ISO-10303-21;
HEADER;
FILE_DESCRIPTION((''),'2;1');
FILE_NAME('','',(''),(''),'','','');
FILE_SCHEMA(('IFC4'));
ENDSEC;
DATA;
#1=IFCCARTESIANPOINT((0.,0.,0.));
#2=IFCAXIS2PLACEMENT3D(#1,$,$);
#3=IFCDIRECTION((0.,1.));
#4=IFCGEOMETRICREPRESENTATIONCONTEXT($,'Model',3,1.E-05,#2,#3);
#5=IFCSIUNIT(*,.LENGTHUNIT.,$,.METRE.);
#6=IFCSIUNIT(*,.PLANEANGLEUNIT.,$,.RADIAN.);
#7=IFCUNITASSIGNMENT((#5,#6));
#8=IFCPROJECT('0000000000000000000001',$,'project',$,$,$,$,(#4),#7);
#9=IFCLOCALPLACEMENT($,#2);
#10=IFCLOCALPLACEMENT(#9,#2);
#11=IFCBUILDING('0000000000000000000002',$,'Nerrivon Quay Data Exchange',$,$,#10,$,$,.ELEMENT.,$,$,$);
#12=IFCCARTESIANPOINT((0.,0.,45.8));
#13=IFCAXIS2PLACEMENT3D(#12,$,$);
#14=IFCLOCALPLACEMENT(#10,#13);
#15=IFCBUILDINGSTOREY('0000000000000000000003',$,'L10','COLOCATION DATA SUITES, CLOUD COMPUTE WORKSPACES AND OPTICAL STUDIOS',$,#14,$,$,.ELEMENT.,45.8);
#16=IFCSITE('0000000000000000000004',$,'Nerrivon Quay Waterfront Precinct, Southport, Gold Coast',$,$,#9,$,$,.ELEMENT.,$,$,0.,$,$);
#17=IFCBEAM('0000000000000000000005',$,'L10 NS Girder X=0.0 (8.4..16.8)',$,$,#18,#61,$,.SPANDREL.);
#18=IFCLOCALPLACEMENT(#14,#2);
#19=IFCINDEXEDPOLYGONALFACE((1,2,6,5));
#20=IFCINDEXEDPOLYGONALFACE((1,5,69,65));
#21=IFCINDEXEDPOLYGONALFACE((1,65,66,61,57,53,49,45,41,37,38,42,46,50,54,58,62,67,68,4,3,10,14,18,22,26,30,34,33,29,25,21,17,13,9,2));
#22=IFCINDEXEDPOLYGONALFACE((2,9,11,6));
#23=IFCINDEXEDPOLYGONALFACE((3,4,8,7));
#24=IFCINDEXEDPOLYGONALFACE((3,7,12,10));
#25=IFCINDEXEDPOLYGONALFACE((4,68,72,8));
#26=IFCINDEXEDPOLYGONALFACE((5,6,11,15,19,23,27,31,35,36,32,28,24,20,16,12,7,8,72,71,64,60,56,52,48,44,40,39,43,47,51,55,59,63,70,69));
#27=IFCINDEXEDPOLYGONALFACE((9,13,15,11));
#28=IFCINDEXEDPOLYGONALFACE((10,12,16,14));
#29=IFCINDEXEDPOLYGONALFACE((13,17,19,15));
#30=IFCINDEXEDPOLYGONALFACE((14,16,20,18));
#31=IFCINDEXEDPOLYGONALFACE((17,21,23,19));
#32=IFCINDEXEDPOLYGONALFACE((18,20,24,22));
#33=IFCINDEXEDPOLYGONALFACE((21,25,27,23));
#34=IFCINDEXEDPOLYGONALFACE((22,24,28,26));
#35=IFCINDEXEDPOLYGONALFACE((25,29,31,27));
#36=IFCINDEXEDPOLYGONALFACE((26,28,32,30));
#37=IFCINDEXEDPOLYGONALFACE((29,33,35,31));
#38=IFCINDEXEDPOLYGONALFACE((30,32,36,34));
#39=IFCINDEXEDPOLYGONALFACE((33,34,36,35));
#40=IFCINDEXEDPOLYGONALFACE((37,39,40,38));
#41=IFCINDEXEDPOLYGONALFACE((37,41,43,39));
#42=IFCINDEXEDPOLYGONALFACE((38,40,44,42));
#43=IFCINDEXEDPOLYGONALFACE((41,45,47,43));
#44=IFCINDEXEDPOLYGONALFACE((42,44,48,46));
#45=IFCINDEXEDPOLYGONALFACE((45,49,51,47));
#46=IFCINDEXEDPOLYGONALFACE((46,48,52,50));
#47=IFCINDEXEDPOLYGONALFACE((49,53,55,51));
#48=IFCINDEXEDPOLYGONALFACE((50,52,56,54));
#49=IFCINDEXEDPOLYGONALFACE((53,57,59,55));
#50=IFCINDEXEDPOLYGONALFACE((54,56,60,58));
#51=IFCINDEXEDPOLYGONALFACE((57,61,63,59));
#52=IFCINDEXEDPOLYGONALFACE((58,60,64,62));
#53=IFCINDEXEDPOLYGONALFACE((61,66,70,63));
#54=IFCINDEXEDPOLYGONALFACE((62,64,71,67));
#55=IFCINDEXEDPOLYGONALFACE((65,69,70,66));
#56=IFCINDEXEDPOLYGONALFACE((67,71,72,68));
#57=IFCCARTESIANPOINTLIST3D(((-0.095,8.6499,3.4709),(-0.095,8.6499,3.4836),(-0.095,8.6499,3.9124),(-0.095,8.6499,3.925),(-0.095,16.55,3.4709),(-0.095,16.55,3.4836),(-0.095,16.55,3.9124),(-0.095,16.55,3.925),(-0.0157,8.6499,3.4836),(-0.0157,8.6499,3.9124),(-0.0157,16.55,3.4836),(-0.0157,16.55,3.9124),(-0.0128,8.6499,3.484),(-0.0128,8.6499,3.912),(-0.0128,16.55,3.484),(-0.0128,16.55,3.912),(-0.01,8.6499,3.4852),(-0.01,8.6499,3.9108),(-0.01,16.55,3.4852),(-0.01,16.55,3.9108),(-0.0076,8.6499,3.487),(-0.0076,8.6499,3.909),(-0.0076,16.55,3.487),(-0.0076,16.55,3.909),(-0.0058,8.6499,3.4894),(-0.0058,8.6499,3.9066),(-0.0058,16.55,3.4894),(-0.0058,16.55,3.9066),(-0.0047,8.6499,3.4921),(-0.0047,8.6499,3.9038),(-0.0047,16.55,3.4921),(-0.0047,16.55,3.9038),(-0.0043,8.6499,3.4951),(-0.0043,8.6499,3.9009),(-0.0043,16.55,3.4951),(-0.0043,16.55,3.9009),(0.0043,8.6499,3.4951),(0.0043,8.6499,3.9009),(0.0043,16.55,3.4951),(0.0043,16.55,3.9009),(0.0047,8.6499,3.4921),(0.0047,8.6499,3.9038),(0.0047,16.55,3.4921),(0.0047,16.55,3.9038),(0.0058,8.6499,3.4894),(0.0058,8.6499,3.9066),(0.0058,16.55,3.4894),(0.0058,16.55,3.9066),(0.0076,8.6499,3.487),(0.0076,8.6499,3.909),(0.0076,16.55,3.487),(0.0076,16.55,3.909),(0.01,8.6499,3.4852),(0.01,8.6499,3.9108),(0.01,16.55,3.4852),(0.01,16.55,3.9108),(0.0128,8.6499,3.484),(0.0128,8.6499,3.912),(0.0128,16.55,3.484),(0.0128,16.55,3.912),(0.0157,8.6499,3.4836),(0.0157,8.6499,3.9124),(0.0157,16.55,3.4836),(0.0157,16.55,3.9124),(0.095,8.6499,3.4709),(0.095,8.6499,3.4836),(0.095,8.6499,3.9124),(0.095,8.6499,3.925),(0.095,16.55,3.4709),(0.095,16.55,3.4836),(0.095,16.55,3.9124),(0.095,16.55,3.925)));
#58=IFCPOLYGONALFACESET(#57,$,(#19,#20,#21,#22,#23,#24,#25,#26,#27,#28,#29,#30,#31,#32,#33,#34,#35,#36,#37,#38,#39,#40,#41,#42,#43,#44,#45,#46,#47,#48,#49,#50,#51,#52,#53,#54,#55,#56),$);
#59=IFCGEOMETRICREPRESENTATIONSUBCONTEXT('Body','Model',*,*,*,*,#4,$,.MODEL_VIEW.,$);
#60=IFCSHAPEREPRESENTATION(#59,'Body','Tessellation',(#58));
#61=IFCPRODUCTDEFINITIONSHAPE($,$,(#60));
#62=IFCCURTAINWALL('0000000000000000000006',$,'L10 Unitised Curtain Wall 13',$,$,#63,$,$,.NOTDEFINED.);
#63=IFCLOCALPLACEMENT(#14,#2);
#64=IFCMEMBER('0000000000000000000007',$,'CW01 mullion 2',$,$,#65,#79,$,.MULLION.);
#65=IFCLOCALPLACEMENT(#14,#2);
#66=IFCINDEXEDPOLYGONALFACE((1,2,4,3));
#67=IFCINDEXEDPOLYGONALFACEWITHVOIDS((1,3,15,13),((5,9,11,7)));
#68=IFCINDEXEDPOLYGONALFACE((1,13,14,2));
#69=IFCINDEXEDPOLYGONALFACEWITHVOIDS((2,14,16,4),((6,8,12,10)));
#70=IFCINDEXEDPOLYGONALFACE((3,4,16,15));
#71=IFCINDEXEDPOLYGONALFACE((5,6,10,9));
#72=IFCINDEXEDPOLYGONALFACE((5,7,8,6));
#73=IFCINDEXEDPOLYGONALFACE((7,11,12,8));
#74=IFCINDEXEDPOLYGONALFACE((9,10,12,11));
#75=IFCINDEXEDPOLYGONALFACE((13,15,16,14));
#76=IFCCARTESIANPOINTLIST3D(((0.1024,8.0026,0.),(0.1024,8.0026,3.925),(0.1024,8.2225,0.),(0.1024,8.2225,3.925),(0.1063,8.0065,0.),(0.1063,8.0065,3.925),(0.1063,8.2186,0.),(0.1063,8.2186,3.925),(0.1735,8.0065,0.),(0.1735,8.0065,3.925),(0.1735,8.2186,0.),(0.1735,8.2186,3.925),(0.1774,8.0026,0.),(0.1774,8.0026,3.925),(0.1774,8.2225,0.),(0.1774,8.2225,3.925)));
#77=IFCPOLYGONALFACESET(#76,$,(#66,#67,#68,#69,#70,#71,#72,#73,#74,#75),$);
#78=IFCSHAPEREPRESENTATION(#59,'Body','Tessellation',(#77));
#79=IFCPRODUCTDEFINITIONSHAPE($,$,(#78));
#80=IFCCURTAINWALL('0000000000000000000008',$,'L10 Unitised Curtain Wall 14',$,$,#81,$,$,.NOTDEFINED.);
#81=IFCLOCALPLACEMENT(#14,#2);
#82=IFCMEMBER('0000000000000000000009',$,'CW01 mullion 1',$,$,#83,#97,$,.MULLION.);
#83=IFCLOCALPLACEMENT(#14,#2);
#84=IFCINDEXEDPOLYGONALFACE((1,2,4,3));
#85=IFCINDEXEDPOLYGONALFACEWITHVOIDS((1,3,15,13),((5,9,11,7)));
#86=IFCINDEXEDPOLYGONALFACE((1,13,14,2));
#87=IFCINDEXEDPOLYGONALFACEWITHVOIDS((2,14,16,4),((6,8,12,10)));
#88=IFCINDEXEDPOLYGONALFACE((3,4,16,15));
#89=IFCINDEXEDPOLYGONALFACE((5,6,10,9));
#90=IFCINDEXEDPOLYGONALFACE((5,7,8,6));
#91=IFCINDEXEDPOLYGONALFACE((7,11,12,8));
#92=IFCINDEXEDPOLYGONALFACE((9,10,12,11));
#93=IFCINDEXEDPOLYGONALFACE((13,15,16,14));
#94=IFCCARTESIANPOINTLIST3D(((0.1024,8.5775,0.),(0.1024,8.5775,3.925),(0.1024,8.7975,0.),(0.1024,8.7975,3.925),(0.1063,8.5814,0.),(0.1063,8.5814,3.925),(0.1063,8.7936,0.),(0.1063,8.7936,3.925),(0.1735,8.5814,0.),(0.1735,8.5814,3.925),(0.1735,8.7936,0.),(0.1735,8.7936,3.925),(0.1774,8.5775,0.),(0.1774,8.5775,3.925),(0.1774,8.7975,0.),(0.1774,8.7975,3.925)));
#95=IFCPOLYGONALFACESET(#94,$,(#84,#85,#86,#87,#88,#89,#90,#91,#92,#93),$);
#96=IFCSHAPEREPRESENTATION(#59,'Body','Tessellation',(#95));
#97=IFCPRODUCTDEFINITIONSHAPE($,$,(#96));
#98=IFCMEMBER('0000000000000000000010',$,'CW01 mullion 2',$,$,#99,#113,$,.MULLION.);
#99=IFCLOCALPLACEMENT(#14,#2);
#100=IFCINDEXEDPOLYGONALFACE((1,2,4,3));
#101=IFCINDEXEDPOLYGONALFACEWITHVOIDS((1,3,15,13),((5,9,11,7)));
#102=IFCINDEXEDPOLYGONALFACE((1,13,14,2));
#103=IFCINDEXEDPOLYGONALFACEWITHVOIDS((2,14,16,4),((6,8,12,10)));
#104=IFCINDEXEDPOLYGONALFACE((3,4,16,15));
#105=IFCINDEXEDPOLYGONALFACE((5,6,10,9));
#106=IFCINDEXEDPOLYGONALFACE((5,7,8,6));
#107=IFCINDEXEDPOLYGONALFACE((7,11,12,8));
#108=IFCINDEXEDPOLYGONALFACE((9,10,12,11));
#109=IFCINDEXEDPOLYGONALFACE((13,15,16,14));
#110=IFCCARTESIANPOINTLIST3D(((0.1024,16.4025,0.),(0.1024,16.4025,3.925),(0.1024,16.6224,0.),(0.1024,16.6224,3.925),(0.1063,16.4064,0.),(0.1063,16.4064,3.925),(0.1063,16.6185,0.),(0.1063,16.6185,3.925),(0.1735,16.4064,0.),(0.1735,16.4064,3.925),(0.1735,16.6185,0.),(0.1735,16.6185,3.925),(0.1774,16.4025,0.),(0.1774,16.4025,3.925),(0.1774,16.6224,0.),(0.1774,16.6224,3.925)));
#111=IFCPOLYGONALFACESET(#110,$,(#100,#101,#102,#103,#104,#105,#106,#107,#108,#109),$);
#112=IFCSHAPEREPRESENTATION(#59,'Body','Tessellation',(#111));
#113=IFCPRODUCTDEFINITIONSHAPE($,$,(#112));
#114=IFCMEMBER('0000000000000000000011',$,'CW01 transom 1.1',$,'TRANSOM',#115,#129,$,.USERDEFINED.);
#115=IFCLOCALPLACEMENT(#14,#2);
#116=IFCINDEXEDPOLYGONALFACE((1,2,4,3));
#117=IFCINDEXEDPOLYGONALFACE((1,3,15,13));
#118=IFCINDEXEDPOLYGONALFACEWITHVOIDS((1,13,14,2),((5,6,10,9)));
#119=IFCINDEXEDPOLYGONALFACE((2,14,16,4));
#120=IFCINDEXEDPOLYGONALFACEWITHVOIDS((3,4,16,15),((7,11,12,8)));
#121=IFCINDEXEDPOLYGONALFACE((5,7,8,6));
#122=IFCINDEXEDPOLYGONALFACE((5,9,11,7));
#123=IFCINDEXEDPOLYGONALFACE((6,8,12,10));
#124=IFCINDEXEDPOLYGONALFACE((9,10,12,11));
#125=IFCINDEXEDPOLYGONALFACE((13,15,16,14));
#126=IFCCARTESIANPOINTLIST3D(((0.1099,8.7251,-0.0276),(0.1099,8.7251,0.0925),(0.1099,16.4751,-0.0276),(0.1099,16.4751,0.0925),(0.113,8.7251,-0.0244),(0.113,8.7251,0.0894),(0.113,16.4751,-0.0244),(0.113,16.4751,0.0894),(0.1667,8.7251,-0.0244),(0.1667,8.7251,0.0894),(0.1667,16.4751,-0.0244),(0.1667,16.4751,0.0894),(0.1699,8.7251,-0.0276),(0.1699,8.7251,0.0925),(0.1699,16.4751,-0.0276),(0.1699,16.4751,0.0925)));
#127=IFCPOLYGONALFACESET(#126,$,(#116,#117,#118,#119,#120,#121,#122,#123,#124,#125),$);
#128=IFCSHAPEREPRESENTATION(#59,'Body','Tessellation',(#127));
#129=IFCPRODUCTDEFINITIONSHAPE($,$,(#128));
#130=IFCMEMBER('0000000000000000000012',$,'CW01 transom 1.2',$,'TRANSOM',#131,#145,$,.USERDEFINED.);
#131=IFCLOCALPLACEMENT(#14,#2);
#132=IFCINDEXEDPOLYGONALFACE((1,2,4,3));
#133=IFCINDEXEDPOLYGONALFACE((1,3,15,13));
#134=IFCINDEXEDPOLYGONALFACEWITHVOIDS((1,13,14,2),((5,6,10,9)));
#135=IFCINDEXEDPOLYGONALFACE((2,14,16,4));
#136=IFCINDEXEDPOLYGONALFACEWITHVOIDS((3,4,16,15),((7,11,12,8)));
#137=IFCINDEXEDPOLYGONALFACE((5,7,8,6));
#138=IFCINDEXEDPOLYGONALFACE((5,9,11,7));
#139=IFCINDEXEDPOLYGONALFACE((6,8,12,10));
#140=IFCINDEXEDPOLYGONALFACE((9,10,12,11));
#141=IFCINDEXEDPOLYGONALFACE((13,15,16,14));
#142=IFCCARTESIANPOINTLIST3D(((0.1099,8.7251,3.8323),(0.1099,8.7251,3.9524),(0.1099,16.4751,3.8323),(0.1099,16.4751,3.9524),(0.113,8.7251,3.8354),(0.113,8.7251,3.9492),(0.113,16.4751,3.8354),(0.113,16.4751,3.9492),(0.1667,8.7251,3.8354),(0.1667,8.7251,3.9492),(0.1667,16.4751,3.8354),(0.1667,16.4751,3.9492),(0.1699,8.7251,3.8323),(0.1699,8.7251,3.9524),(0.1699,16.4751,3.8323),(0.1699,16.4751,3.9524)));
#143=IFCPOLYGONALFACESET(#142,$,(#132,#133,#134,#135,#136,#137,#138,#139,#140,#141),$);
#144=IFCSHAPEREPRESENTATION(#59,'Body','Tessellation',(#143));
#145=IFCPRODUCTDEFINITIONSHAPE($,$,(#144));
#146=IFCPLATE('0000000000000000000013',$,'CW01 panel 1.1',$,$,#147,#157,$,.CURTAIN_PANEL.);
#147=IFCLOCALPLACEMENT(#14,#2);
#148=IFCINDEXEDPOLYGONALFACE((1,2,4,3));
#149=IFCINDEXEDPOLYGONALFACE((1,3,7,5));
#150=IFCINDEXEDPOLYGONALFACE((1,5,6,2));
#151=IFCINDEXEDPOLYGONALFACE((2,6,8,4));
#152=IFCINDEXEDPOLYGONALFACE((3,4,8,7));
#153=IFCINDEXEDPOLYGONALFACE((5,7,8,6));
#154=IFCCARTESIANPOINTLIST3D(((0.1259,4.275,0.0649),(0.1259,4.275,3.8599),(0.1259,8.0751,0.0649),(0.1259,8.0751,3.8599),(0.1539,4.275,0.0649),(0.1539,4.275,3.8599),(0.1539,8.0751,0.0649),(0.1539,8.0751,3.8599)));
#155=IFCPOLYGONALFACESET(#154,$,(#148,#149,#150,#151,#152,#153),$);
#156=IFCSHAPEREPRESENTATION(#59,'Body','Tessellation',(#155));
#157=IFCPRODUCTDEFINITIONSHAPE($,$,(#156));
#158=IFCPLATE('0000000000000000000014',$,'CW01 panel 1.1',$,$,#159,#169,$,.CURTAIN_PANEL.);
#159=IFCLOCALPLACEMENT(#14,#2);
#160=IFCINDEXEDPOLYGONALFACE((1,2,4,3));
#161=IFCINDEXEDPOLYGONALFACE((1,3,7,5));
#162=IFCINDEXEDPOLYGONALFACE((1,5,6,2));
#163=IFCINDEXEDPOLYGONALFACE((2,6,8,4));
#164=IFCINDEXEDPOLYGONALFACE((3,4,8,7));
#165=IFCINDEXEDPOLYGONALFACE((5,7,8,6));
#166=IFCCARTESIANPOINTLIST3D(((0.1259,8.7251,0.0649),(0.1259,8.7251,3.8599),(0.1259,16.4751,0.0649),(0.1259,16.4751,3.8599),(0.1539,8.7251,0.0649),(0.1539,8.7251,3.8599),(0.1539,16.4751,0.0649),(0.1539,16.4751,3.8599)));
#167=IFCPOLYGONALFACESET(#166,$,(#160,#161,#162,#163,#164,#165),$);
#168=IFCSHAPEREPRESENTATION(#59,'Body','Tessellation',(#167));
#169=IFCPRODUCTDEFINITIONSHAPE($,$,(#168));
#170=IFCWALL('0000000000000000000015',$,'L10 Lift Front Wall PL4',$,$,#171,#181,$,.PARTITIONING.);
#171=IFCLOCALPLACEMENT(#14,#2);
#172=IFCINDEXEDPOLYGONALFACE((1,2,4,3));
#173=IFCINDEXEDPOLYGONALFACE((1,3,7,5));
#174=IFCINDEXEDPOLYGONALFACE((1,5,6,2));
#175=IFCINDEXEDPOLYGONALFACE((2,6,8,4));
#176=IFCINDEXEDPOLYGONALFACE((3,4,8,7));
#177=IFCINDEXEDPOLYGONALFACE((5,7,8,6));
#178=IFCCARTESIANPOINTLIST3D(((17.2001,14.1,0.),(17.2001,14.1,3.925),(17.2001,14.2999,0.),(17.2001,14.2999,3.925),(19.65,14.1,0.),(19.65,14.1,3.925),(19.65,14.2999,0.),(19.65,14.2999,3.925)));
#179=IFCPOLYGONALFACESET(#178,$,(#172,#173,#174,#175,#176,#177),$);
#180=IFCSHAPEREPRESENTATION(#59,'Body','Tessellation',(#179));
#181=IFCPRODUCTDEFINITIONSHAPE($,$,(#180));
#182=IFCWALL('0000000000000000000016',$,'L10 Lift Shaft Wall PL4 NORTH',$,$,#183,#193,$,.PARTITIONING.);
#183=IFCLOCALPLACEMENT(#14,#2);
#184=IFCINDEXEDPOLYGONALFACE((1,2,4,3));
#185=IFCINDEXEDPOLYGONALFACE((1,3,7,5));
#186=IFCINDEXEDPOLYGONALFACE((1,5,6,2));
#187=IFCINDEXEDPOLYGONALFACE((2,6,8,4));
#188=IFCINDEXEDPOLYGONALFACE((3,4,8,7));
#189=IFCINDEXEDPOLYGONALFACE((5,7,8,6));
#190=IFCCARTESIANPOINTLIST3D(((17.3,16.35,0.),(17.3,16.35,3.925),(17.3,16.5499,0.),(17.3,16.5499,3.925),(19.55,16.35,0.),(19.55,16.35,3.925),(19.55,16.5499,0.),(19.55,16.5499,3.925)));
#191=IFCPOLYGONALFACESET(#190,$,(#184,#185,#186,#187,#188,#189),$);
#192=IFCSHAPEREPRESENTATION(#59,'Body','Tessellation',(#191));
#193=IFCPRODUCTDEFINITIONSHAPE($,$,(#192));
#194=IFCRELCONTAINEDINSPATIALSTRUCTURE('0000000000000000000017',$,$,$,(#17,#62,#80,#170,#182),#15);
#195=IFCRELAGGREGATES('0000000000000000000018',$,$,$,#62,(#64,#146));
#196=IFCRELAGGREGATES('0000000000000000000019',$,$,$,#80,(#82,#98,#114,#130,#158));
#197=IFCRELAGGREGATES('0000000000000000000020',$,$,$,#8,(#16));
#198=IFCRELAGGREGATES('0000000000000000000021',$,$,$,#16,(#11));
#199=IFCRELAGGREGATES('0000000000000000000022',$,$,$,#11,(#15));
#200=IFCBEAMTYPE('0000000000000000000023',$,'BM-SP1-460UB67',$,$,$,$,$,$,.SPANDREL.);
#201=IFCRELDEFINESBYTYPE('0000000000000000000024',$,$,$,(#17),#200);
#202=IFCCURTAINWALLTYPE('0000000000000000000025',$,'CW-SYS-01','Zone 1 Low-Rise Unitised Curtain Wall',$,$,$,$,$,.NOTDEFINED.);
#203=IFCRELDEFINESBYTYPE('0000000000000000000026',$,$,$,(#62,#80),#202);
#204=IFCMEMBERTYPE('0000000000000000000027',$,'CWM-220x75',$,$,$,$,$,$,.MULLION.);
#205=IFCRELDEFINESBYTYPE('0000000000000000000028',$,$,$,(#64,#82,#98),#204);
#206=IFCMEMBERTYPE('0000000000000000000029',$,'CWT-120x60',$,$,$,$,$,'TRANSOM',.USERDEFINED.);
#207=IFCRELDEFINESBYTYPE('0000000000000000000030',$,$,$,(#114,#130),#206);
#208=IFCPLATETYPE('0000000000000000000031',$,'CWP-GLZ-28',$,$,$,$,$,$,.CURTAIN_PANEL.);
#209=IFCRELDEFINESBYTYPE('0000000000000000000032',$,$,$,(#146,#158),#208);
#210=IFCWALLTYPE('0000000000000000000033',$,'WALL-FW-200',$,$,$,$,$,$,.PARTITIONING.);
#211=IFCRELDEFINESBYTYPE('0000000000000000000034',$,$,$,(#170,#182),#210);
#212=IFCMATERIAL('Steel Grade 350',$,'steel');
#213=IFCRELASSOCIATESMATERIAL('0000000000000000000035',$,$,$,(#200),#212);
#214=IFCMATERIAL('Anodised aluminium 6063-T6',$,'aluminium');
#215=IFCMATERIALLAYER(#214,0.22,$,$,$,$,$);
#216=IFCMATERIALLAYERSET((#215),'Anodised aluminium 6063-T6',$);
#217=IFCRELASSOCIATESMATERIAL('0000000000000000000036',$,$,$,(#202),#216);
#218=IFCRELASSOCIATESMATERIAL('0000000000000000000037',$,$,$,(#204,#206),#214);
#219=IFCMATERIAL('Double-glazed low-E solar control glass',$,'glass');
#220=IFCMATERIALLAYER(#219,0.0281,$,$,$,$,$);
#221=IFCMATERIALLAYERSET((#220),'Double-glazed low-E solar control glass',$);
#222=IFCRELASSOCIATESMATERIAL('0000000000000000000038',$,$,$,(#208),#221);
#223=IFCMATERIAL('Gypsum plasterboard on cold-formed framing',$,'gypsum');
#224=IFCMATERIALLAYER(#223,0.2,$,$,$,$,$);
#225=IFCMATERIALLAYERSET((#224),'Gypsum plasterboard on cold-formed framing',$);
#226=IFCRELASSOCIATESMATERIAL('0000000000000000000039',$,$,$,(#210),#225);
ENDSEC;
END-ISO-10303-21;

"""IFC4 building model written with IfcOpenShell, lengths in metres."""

from ifc_helpers import new_model, si_unit, direction, frame, frame_2d, origin, origin_2d, place, context, subcontext, project, spatial, rectangle, hollow_rectangle, i_section, extrude, material, layer, layer_set, material_profile, profile_set, type_object, element, aggregate, save


model = new_model("IFC4")

# Units and contexts
model_context = context("Model", 3, precision=1e-05, world=origin(), true_north=direction((0.0, 1.0)))
body_context = subcontext(model_context, "Body", "Model", "MODEL_VIEW")
ifc_project = project(units=[si_unit("LENGTHUNIT", "METRE"), si_unit("PLANEANGLEUNIT", "RADIAN")], contexts=[model_context])

# Site, building, storey
site_placement = place(None, origin())
site = spatial("IfcSite", under=ifc_project, at=site_placement, Name="Nerrivon Quay Waterfront Precinct, Southport, Gold Coast", CompositionType="ELEMENT", RefElevation=0.0)
building_placement = place(site_placement, origin())
building = spatial("IfcBuilding", under=site, at=building_placement, Name="Nerrivon Quay Data Exchange", CompositionType="ELEMENT")
storey_placement = place(building_placement, frame((0.0, 0.0, 45.8)))
storey = spatial("IfcBuildingStorey", under=building, at=storey_placement, Name="L10", Description="COLOCATION DATA SUITES, CLOUD COMPUTE WORKSPACES AND OPTICAL STUDIOS", CompositionType="ELEMENT", Elevation=45.8)

# Shared definitions
ifc_material_1 = material(Name="Steel Grade 350", Category="steel")

# Beam
ifc_material_profile_1 = material_profile(ifc_material_1, i_section(OverallWidth=0.1899, OverallDepth=0.4541, WebThickness=0.0085, FlangeThickness=0.0127, FilletRadius=0.0115, at=origin_2d()), Name="460UB67.1")
ifc_profile_set_1 = profile_set([ifc_material_profile_1], Name="Steel Grade 350")
beam_type_1 = type_object("IfcBeamType", Name="BM-SP1-460UB67", PredefinedType="SPANDREL", material=ifc_profile_set_1)
beam_1_placement = place(storey_placement, frame((0.0, 8.6499, 3.698), z_axis=(0.0, 1.0, 0.0), x_axis=(-1.0, 0.0, 0.0)))
element("IfcBeam", 1, at=beam_1_placement, inside=storey, type_object=beam_type_1, Name="L10 NS Girder X=0.0 (8.4..16.8)", PredefinedType="SPANDREL", context=body_context, shape_type="SweptSolid", body=[
    extrude(i_section(OverallWidth=0.1899, OverallDepth=0.4541, WebThickness=0.0085, FlangeThickness=0.0127, FilletRadius=0.0115, at=origin_2d()), origin(), (0.0, 0.0, 1.0), 7.9001),
])

# Curtain wall, member
ifc_material_2 = material(Name="Anodised aluminium 6063-T6", Category="aluminium")
ifc_layer_1 = layer(ifc_material_2, 0.22)
ifc_layer_set_1 = layer_set([ifc_layer_1], Name="Anodised aluminium 6063-T6")
curtain_wall_type = type_object("IfcCurtainWallType", Name="CW-SYS-01", Description="Zone 1 Low-Rise Unitised Curtain Wall", PredefinedType="NOTDEFINED", material=ifc_layer_set_1)
curtain_wall_1_placement = place(storey_placement, origin())
curtain_wall_1 = element("IfcCurtainWall", 2, at=curtain_wall_1_placement, inside=storey, type_object=curtain_wall_type, Name="L10 Unitised Curtain Wall 13", PredefinedType="NOTDEFINED")
ifc_material_profile_2 = material_profile(ifc_material_2, hollow_rectangle(XDim=0.075, YDim=0.22, WallThickness=0.0039, at=origin_2d()), Name="ALU-MULL-220x75")
ifc_profile_set_2 = profile_set([ifc_material_profile_2], Name="Anodised aluminium 6063-T6")
member_type_1 = type_object("IfcMemberType", Name="CWM-220x75", PredefinedType="MULLION", material=ifc_profile_set_2)
member_1_placement = place(storey_placement, frame((0.1399, 8.1125, 0.0), z_axis=(0.0, 0.0, 1.0), x_axis=(-1.0, 0.0, 0.0)))
member_1 = element("IfcMember", 3, at=member_1_placement, type_object=member_type_1, Name="CW01 mullion 2", PredefinedType="MULLION", context=body_context, shape_type="SweptSolid", body=[
    extrude(hollow_rectangle(XDim=0.075, YDim=0.22, WallThickness=0.0039, at=origin_2d()), origin(), (0.0, 0.0, 1.0), 3.925),
])

# Curtain wall, members
curtain_wall_2_placement = place(storey_placement, origin())
curtain_wall_2 = element("IfcCurtainWall", 4, at=curtain_wall_2_placement, inside=storey, type_object=curtain_wall_type, Name="L10 Unitised Curtain Wall 14", PredefinedType="NOTDEFINED")
member_2_placement = place(storey_placement, frame((0.1399, 8.6875, 0.0), z_axis=(0.0, 0.0, 1.0), x_axis=(-1.0, 0.0, 0.0)))
member_2 = element("IfcMember", 5, at=member_2_placement, type_object=member_type_1, Name="CW01 mullion 1", PredefinedType="MULLION", context=body_context, shape_type="SweptSolid", body=[
    extrude(hollow_rectangle(XDim=0.075, YDim=0.22, WallThickness=0.0039, at=origin_2d()), origin(), (0.0, 0.0, 1.0), 3.925),
])
member_3_placement = place(storey_placement, frame((0.1399, 16.5125, 0.0), z_axis=(0.0, 0.0, 1.0), x_axis=(-1.0, 0.0, 0.0)))
member_3 = element("IfcMember", 6, at=member_3_placement, type_object=member_type_1, Name="CW01 mullion 2", PredefinedType="MULLION", context=body_context, shape_type="SweptSolid", body=[
    extrude(hollow_rectangle(XDim=0.075, YDim=0.22, WallThickness=0.0039, at=origin_2d()), origin(), (0.0, 0.0, 1.0), 3.925),
])
ifc_material_profile_3 = material_profile(ifc_material_2, hollow_rectangle(XDim=0.0601, YDim=0.1201, WallThickness=0.0032, at=origin_2d()), Name="ALU-TRAN-120x60")
ifc_profile_set_3 = profile_set([ifc_material_profile_3], Name="Anodised aluminium 6063-T6")
member_type_2 = type_object("IfcMemberType", Name="CWT-120x60", ElementType="TRANSOM", PredefinedType="USERDEFINED", material=ifc_profile_set_3)
member_4_placement = place(storey_placement, frame((0.1399, 8.7251, 0.0325), z_axis=(0.0, 1.0, 0.0), x_axis=(-1.0, 0.0, 0.0)))
member_4 = element("IfcMember", 7, at=member_4_placement, type_object=member_type_2, Name="CW01 transom 1.1", ObjectType="TRANSOM", PredefinedType="USERDEFINED", context=body_context, shape_type="SweptSolid", body=[
    extrude(hollow_rectangle(XDim=0.0601, YDim=0.1201, WallThickness=0.0032, at=origin_2d()), origin(), (0.0, 0.0, 1.0), 7.75),
])
member_5_placement = place(storey_placement, frame((0.1399, 8.7251, 3.8923), z_axis=(0.0, 1.0, 0.0), x_axis=(-1.0, 0.0, 0.0)))
member_5 = element("IfcMember", 8, at=member_5_placement, type_object=member_type_2, Name="CW01 transom 1.2", ObjectType="TRANSOM", PredefinedType="USERDEFINED", context=body_context, shape_type="SweptSolid", body=[
    extrude(hollow_rectangle(XDim=0.0601, YDim=0.1201, WallThickness=0.0032, at=origin_2d()), origin(), (0.0, 0.0, 1.0), 7.75),
])

# Plates
ifc_material_3 = material(Name="Double-glazed low-E solar control glass", Category="glass")
ifc_layer_2 = layer(ifc_material_3, 0.0281)
ifc_layer_set_2 = layer_set([ifc_layer_2], Name="Double-glazed low-E solar control glass")
plate_type = type_object("IfcPlateType", Name="CWP-GLZ-28", PredefinedType="CURTAIN_PANEL", material=ifc_layer_set_2)
plate_1_placement = place(storey_placement, frame((0.1399, 6.175, 0.0649), z_axis=(0.0, 0.0, 1.0), x_axis=(0.0, 1.0, 0.0)))
plate_1 = element("IfcPlate", 9, at=plate_1_placement, type_object=plate_type, Name="CW01 panel 1.1", PredefinedType="CURTAIN_PANEL", context=body_context, shape_type="SweptSolid", body=[
    extrude(rectangle(XDim=3.8, YDim=0.0281, at=origin_2d()), origin(), (0.0, 0.0, 1.0), 3.7949),
])
aggregate(curtain_wall_1, [member_1, plate_1])
plate_2_placement = place(storey_placement, frame((0.1399, 12.6001, 0.0649), z_axis=(0.0, 0.0, 1.0), x_axis=(0.0, 1.0, 0.0)))
plate_2 = element("IfcPlate", 10, at=plate_2_placement, type_object=plate_type, Name="CW01 panel 1.1", PredefinedType="CURTAIN_PANEL", context=body_context, shape_type="SweptSolid", body=[
    extrude(rectangle(XDim=7.75, YDim=0.0281, at=origin_2d()), origin(), (0.0, 0.0, 1.0), 3.7949),
])
aggregate(curtain_wall_2, [member_2, member_3, member_4, member_5, plate_2])

# Walls
ifc_material_4 = material(Name="Gypsum plasterboard on cold-formed framing", Category="gypsum")
ifc_layer_3 = layer(ifc_material_4, 0.2)
ifc_layer_set_3 = layer_set([ifc_layer_3], Name="Gypsum plasterboard on cold-formed framing")
wall_type_1 = type_object("IfcWallType", Name="WALL-FW-200", PredefinedType="PARTITIONING", material=ifc_layer_set_3)
wall_1_placement = place(storey_placement, frame((17.2, 14.2, 0.0), z_axis=(0.0, 0.0, 1.0), x_axis=(1.0, 0.0, 0.0)))
element("IfcWall", 11, at=wall_1_placement, inside=storey, type_object=wall_type_1, Name="L10 Lift Front Wall PL4", PredefinedType="PARTITIONING", context=body_context, shape_type="SweptSolid", body=[
    extrude(rectangle(XDim=2.45, YDim=0.2, at=frame_2d((1.2251, 0.0))), origin(), (0.0, 0.0, 1.0), 3.925),
])
wall_2_placement = place(storey_placement, frame((17.3, 16.45, 0.0), z_axis=(0.0, 0.0, 1.0), x_axis=(1.0, 0.0, 0.0)))
element("IfcWall", 12, at=wall_2_placement, inside=storey, type_object=wall_type_1, Name="L10 Lift Shaft Wall PL4 NORTH", PredefinedType="PARTITIONING", context=body_context, shape_type="SweptSolid", body=[
    extrude(rectangle(XDim=2.25, YDim=0.2, at=frame_2d((1.125, 0.0))), origin(), (0.0, 0.0, 1.0), 3.925),
])

save(model, "model.ifc")
